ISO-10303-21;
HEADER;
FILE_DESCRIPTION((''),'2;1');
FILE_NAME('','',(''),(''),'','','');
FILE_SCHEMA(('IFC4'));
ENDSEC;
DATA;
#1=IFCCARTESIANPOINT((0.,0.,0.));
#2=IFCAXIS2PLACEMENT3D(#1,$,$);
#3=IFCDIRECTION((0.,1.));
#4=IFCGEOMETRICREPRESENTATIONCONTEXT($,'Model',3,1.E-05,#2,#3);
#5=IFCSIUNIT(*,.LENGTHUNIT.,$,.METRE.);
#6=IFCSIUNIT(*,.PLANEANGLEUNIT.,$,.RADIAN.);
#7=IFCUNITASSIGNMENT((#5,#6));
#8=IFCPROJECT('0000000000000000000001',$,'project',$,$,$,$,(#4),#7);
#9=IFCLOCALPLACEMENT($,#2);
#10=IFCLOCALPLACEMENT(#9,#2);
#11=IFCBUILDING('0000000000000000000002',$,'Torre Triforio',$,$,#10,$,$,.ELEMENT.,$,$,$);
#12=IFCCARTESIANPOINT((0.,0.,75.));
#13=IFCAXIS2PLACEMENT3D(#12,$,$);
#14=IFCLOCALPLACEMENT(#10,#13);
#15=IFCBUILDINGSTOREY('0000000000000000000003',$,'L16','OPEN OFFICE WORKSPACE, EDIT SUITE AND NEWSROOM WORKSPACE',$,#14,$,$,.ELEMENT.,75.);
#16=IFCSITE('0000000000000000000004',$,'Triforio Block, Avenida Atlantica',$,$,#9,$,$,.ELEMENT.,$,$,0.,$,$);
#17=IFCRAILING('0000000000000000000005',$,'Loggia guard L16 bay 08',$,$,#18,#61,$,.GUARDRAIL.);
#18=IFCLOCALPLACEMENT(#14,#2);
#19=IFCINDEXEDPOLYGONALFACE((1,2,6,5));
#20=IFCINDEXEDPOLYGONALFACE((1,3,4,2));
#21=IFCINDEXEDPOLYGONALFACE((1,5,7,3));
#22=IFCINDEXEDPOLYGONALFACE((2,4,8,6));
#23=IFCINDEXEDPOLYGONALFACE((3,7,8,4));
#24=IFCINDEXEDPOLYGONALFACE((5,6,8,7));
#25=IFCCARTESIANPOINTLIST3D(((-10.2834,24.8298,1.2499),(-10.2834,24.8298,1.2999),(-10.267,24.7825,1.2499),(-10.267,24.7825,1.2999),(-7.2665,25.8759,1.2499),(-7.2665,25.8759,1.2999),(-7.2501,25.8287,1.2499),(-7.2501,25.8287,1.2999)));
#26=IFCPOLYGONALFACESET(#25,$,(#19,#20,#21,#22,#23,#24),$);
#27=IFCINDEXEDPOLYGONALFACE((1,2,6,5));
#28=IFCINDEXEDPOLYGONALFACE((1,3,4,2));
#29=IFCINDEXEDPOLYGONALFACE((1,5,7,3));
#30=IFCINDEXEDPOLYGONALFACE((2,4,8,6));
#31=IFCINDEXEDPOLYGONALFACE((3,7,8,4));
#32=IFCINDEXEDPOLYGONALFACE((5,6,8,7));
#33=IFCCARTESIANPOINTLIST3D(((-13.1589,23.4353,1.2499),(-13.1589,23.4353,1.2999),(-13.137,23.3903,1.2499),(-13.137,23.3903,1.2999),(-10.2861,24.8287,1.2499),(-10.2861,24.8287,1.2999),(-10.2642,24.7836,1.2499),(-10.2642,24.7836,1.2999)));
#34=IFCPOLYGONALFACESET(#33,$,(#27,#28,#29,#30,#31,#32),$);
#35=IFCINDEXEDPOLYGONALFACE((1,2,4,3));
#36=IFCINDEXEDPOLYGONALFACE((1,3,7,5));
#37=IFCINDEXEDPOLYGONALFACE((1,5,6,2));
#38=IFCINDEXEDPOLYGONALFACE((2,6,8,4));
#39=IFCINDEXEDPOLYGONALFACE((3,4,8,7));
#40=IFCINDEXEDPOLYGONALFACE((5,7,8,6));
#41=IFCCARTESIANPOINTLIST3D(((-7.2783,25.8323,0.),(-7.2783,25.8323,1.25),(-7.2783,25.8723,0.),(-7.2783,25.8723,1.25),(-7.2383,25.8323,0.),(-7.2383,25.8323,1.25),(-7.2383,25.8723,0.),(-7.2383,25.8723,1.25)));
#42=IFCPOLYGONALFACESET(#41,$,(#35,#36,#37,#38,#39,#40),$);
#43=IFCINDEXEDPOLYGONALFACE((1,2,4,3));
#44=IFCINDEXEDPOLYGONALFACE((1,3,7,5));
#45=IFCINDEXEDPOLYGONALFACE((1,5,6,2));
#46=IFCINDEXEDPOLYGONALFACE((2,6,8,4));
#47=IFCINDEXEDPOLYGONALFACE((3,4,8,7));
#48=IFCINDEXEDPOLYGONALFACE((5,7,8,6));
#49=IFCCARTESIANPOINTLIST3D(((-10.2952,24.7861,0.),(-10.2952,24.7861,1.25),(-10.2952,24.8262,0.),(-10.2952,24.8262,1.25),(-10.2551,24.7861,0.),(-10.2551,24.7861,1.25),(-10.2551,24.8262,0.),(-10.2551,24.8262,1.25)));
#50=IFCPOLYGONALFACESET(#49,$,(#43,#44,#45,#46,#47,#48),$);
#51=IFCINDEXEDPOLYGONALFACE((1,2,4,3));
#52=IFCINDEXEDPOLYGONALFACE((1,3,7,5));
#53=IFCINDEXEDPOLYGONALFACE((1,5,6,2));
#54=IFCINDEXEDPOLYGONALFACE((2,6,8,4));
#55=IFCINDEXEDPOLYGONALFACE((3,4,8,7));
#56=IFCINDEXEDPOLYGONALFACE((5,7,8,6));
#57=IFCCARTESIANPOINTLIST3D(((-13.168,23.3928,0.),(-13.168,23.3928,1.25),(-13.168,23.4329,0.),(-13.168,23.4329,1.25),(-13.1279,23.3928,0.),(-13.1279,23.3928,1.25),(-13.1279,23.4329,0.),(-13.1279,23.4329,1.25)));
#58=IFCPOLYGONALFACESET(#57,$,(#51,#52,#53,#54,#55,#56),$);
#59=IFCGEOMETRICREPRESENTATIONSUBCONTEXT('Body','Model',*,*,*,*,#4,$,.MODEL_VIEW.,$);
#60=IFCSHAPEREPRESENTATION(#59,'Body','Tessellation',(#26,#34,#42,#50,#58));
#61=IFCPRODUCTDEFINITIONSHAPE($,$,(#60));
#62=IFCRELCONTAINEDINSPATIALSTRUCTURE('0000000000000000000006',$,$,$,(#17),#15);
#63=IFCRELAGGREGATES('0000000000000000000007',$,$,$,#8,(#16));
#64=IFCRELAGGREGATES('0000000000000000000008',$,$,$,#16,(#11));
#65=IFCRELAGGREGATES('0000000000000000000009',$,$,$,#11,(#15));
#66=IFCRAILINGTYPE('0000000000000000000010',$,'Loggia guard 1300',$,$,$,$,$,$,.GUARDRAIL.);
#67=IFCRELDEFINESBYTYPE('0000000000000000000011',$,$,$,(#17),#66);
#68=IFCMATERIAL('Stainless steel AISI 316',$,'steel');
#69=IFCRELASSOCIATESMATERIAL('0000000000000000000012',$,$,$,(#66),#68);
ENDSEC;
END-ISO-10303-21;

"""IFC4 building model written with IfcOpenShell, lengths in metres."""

from ifc_helpers import new_model, si_unit, direction, frame, origin, origin_2d, place, context, subcontext, project, spatial, rectangle, extrude, material, type_object, element, save


model = new_model("IFC4")

# Units and contexts
model_context = context("Model", 3, precision=1e-05, world=origin(), true_north=direction((0.0, 1.0)))
body_context = subcontext(model_context, "Body", "Model", "MODEL_VIEW")
ifc_project = project(units=[si_unit("LENGTHUNIT", "METRE"), si_unit("PLANEANGLEUNIT", "RADIAN")], contexts=[model_context])

# Site, building, storey
site_placement = place(None, origin())
site = spatial("IfcSite", under=ifc_project, at=site_placement, Name="Triforio Block, Avenida Atlantica", CompositionType="ELEMENT", RefElevation=0.0)
building_placement = place(site_placement, origin())
building = spatial("IfcBuilding", under=site, at=building_placement, Name="Torre Triforio", CompositionType="ELEMENT")
storey_placement = place(building_placement, frame((0.0, 0.0, 75.0)))
storey = spatial("IfcBuildingStorey", under=building, at=storey_placement, Name="L16", Description="OPEN OFFICE WORKSPACE, EDIT SUITE AND NEWSROOM WORKSPACE", CompositionType="ELEMENT", Elevation=75.0)

# Railing
ifc_material_1 = material(Name="Stainless steel AISI 316", Category="steel")
railing_type = type_object("IfcRailingType", Name="Loggia guard 1300", PredefinedType="GUARDRAIL", material=ifc_material_1)
railing_1_placement = place(storey_placement, frame((-7.2583, 25.8523, 0.0)))
element("IfcRailing", 1, at=railing_1_placement, inside=storey, type_object=railing_type, Name="Loggia guard L16 bay 08", PredefinedType="GUARDRAIL", context=body_context, shape_type="SweptSolid", body=[
    extrude(rectangle(XDim=0.05, YDim=0.05, at=origin_2d()), frame((0.0, 0.0, 1.2749), z_axis=(-0.944807, -0.327628, 0.0), x_axis=(0.327628, -0.944807, 0.0)), (0.0, 0.0, 1.0), 3.1931),
    extrude(rectangle(XDim=0.05, YDim=0.05, at=origin_2d()), frame((-3.0168, -1.0461, 1.2749), z_axis=(-0.89976, -0.436384, 0.0), x_axis=(0.436384, -0.89976, 0.0)), (0.0, 0.0, 1.0), 3.1929),
    extrude(rectangle(XDim=0.04, YDim=0.04, at=origin_2d()), origin(), (0.0, 0.0, 1.0), 1.25),
    extrude(rectangle(XDim=0.04, YDim=0.04, at=origin_2d()), frame((-3.0168, -1.0461, 0.0)), (0.0, 0.0, 1.0), 1.25),
    extrude(rectangle(XDim=0.04, YDim=0.04, at=origin_2d()), frame((-5.8896, -2.4395, 0.0)), (0.0, 0.0, 1.0), 1.25),
])

save(model, "model.ifc")
